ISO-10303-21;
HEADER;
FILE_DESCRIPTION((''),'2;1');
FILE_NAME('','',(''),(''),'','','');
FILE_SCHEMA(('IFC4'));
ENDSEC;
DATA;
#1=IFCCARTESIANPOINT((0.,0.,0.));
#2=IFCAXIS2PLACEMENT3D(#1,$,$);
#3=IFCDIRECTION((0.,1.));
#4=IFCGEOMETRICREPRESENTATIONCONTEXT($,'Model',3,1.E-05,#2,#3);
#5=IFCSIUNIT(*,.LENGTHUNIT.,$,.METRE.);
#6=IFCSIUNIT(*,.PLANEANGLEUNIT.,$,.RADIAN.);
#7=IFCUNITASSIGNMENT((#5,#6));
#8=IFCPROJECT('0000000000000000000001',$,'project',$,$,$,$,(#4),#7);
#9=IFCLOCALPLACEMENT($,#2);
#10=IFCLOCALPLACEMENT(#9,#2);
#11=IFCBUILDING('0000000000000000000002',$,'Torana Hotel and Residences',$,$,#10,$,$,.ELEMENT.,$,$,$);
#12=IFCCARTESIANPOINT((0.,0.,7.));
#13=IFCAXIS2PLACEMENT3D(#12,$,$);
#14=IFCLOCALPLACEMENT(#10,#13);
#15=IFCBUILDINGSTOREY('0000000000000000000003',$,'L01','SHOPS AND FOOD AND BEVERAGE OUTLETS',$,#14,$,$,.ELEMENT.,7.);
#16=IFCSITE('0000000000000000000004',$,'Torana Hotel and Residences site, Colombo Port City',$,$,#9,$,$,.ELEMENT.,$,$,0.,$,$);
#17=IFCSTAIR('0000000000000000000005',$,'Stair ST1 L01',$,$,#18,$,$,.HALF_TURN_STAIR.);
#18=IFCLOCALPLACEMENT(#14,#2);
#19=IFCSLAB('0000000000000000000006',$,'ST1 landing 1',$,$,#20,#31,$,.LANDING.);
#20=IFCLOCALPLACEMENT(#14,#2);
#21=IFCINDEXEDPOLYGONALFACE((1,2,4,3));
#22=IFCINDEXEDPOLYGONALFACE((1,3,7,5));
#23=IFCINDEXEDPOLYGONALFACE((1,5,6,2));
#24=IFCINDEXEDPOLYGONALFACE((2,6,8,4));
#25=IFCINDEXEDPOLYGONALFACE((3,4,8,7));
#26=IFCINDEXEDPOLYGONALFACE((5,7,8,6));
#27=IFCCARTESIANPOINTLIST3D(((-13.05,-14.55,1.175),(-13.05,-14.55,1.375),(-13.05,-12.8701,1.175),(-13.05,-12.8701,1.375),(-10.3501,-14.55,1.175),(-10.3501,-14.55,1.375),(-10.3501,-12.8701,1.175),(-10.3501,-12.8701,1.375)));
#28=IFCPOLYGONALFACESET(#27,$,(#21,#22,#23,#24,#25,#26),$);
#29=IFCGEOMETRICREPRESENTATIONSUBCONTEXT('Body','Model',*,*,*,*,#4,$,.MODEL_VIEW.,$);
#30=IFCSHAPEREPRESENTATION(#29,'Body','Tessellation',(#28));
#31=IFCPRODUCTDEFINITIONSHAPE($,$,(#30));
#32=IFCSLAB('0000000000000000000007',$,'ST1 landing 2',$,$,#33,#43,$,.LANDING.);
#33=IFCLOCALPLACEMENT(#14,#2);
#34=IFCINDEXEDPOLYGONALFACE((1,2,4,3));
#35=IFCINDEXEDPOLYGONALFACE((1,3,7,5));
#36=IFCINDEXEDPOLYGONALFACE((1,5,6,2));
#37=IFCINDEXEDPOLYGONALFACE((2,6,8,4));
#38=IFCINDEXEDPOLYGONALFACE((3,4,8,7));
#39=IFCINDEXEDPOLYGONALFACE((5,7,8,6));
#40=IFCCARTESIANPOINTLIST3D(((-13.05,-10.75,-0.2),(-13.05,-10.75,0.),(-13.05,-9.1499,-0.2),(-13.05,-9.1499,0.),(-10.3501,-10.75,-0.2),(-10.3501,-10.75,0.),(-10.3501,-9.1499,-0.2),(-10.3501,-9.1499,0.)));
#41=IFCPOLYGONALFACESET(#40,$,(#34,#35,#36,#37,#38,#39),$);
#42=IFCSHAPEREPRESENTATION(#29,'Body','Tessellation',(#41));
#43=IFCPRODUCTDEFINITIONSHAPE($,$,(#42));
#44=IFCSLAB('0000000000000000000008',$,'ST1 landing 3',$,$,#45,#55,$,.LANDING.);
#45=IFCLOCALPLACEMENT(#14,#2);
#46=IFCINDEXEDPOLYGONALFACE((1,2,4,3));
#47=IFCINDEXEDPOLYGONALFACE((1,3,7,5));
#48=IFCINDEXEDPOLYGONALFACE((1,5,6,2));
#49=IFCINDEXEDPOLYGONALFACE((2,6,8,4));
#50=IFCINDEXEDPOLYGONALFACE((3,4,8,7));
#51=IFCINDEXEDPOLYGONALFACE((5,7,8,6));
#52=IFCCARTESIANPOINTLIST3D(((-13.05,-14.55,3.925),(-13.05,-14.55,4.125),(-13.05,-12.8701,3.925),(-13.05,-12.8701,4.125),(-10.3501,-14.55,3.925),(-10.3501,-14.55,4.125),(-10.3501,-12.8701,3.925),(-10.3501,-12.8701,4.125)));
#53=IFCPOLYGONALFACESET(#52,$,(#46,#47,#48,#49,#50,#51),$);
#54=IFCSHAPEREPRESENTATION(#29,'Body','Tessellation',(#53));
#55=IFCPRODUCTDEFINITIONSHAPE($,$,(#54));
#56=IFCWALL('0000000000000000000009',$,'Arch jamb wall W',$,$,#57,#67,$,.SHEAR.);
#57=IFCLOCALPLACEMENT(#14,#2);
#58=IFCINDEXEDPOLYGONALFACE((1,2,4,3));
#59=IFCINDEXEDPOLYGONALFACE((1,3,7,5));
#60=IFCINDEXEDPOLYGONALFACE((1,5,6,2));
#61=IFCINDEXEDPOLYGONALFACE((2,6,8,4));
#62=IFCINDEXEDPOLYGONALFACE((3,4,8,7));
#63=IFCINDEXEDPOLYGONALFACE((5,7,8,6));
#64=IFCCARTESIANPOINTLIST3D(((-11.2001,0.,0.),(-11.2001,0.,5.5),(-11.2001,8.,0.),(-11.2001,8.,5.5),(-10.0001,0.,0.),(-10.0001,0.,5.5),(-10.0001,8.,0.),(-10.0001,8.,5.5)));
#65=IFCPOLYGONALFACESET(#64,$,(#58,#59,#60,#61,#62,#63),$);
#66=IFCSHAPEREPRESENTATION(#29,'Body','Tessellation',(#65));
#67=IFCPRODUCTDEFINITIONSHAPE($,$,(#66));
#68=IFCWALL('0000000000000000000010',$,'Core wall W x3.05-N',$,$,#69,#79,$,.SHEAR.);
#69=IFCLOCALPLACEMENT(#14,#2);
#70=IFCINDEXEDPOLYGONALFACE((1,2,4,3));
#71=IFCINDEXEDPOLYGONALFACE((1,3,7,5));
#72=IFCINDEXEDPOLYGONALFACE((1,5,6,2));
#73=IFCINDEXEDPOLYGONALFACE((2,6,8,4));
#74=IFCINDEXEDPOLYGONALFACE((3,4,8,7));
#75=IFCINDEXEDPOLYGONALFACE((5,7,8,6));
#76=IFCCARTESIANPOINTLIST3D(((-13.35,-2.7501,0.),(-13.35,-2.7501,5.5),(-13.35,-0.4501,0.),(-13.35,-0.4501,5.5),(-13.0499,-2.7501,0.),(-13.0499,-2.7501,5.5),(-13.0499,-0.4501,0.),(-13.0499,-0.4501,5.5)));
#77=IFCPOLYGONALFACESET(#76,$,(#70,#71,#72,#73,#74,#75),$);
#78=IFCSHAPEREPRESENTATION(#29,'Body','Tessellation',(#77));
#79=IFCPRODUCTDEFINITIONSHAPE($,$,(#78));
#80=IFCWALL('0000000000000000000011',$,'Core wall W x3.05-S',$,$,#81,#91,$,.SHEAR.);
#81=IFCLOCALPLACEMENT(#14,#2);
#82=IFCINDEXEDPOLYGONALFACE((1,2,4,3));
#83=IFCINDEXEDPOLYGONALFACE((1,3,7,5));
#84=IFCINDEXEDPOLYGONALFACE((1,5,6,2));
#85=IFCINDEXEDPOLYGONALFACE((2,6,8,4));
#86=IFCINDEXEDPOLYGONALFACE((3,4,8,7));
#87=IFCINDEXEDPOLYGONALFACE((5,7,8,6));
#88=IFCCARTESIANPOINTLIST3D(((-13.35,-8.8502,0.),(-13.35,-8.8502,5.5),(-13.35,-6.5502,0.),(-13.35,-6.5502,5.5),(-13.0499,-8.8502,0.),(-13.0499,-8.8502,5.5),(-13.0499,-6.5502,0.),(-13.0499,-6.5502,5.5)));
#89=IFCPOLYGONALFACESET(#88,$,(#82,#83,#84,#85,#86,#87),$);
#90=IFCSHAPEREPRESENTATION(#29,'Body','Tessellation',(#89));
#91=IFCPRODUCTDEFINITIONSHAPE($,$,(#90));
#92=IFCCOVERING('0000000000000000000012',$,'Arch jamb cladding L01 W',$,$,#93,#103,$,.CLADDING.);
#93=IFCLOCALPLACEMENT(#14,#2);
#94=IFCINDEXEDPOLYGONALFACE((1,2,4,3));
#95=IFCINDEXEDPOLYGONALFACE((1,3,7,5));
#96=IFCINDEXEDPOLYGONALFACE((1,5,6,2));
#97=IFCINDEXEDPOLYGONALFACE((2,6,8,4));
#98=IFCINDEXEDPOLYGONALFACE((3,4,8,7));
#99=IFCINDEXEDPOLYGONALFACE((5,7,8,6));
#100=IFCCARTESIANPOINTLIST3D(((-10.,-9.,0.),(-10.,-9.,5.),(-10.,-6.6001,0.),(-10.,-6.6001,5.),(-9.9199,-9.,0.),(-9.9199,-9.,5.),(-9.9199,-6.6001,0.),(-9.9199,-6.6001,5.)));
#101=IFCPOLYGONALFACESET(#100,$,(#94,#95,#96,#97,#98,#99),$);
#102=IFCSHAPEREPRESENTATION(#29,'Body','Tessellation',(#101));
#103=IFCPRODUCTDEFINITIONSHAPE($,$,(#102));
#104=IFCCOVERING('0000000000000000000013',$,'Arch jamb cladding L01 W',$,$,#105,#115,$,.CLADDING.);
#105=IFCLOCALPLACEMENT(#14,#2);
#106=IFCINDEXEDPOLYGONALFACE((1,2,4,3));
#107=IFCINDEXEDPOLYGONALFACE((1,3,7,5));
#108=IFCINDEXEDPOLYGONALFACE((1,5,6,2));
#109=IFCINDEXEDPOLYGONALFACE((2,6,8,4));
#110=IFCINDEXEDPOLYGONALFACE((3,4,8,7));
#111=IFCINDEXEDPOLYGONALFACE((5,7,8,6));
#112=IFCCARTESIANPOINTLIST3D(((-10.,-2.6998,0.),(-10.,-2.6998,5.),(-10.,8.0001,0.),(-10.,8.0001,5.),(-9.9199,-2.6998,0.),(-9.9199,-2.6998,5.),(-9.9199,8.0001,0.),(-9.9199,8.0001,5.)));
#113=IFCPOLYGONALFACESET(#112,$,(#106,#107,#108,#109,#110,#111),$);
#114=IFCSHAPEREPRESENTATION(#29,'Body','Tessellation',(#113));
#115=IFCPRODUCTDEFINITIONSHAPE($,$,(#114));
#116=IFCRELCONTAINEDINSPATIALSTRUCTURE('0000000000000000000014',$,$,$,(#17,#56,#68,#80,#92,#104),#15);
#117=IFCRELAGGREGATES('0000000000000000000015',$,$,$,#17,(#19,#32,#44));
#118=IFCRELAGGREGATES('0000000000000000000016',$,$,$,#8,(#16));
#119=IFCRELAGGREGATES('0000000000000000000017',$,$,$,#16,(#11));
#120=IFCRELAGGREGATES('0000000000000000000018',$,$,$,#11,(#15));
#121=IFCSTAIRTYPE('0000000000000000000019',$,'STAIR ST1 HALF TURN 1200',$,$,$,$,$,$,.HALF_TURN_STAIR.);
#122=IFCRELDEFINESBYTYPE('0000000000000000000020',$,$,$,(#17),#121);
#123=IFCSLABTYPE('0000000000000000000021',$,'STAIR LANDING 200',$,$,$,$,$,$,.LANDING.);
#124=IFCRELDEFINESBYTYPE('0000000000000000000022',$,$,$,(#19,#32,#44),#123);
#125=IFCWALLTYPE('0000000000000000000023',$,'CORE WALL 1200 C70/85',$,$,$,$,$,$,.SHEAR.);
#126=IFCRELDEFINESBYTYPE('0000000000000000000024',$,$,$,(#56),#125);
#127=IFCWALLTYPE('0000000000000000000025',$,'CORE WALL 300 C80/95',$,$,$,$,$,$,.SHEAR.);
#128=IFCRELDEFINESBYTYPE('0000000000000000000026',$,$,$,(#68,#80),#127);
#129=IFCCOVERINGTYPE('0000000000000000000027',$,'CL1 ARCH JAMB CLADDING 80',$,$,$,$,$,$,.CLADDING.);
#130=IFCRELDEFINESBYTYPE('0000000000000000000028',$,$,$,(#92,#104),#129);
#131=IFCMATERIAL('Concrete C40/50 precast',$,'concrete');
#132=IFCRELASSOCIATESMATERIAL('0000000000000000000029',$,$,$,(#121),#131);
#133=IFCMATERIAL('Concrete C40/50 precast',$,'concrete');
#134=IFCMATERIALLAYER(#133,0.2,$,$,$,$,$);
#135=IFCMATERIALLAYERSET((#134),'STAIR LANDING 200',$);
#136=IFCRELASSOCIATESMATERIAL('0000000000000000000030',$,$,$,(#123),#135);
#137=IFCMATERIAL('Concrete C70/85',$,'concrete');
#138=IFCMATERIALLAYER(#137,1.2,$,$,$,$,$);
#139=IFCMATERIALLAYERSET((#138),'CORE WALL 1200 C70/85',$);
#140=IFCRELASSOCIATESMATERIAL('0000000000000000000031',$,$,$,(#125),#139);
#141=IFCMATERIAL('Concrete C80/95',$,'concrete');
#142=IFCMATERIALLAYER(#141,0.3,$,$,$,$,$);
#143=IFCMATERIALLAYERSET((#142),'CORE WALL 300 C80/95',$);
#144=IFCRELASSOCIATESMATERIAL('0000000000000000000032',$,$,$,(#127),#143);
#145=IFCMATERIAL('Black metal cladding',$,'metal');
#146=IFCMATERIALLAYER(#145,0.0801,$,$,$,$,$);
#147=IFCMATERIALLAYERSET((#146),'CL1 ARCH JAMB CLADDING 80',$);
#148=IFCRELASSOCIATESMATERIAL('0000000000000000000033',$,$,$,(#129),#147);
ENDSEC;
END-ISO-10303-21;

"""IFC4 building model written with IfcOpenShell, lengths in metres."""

from ifc_helpers import new_model, si_unit, direction, frame, frame_2d, origin, place, context, subcontext, project, spatial, polyline, rectangle, outline, extrude, material, layer, layer_set, type_object, element, aggregate, save


model = new_model("IFC4")

# Units and contexts
model_context = context("Model", 3, precision=1e-05, world=origin(), true_north=direction((0.0, 1.0)))
body_context = subcontext(model_context, "Body", "Model", "MODEL_VIEW")
ifc_project = project(units=[si_unit("LENGTHUNIT", "METRE"), si_unit("PLANEANGLEUNIT", "RADIAN")], contexts=[model_context])

# Site, building, storey
site_placement = place(None, origin())
site = spatial("IfcSite", under=ifc_project, at=site_placement, Name="Torana Hotel and Residences site, Colombo Port City", CompositionType="ELEMENT", RefElevation=0.0)
building_placement = place(site_placement, origin())
building = spatial("IfcBuilding", under=site, at=building_placement, Name="Torana Hotel and Residences", CompositionType="ELEMENT")
storey_placement = place(building_placement, frame((0.0, 0.0, 7.0)))
storey = spatial("IfcBuildingStorey", under=building, at=storey_placement, Name="L01", Description="SHOPS AND FOOD AND BEVERAGE OUTLETS", CompositionType="ELEMENT", Elevation=7.0)

# Stair, slabs
ifc_material_1 = material(Name="Concrete C40/50 precast", Category="concrete")
stair_type = type_object("IfcStairType", Name="STAIR ST1 HALF TURN 1200", PredefinedType="HALF_TURN_STAIR", material=ifc_material_1)
stair_placement = place(storey_placement, origin())
stair = element("IfcStair", 1, at=stair_placement, inside=storey, type_object=stair_type, Name="Stair ST1 L01", PredefinedType="HALF_TURN_STAIR")
ifc_material_2 = material(Name="Concrete C40/50 precast", Category="concrete")
ifc_layer_1 = layer(ifc_material_2, 0.2)
ifc_layer_set_1 = layer_set([ifc_layer_1], Name="STAIR LANDING 200")
slab_type_1 = type_object("IfcSlabType", Name="STAIR LANDING 200", PredefinedType="LANDING", material=ifc_layer_set_1)
slab_1_placement = place(storey_placement, frame((0.0, 0.0, 1.175)))
slab_1 = element("IfcSlab", 2, at=slab_1_placement, type_object=slab_type_1, Name="ST1 landing 1", PredefinedType="LANDING", context=body_context, shape_type="SweptSolid", body=[
    extrude(outline(polyline([(-13.05, -14.55), (-10.3501, -14.55), (-10.3501, -12.8701), (-13.05, -12.8701), (-13.05, -14.55)])), origin(), (0.0, 0.0, 1.0), 0.2),
])
slab_2_placement = place(storey_placement, frame((0.0, 0.0, -0.2)))
slab_2 = element("IfcSlab", 3, at=slab_2_placement, type_object=slab_type_1, Name="ST1 landing 2", PredefinedType="LANDING", context=body_context, shape_type="SweptSolid", body=[
    extrude(outline(polyline([(-13.05, -10.75), (-10.3501, -10.75), (-10.3501, -9.1499), (-13.05, -9.1499), (-13.05, -10.75)])), origin(), (0.0, 0.0, 1.0), 0.2),
])
slab_3_placement = place(storey_placement, frame((0.0, 0.0, 3.925)))
slab_3 = element("IfcSlab", 4, at=slab_3_placement, type_object=slab_type_1, Name="ST1 landing 3", PredefinedType="LANDING", context=body_context, shape_type="SweptSolid", body=[
    extrude(outline(polyline([(-13.05, -14.55), (-10.3501, -14.55), (-10.3501, -12.8701), (-13.05, -12.8701), (-13.05, -14.55)])), origin(), (0.0, 0.0, 1.0), 0.2),
])
aggregate(stair, [slab_1, slab_2, slab_3])

# Walls
ifc_material_3 = material(Name="Concrete C70/85", Category="concrete")
ifc_layer_2 = layer(ifc_material_3, 1.2)
ifc_layer_set_2 = layer_set([ifc_layer_2], Name="CORE WALL 1200 C70/85")
wall_type_1 = type_object("IfcWallType", Name="CORE WALL 1200 C70/85", PredefinedType="SHEAR", material=ifc_layer_set_2)
wall_placement = place(storey_placement, frame((-10.6001, 0.0, 0.0), z_axis=(0.0, 0.0, 1.0), x_axis=(0.0, 1.0, 0.0)))
element("IfcWall", 5, at=wall_placement, inside=storey, type_object=wall_type_1, Name="Arch jamb wall W", PredefinedType="SHEAR", context=body_context, shape_type="SweptSolid", body=[
    extrude(rectangle(XDim=8.0, YDim=1.2, at=frame_2d((4.0, 0.0))), origin(), (0.0, 0.0, 1.0), 5.5),
])
ifc_material_4 = material(Name="Concrete C80/95", Category="concrete")
ifc_layer_3 = layer(ifc_material_4, 0.3)
ifc_layer_set_3 = layer_set([ifc_layer_3], Name="CORE WALL 300 C80/95")
wall_type_2 = type_object("IfcWallType", Name="CORE WALL 300 C80/95", PredefinedType="SHEAR", material=ifc_layer_set_3)
for number, where, z_axis, x_axis, name in (
    (6, (-13.2, -2.75, 0.0), (0.0, 0.0, 1.0), (0.0, 1.0, 0.0), "Core wall W x3.05-N"),
    (7, (-13.2, -8.8501, 0.0), (0.0, 0.0, 1.0), (0.0, 1.0, 0.0), "Core wall W x3.05-S"),
):
    element("IfcWall", number, at=place(storey_placement, frame(where, z_axis=z_axis, x_axis=x_axis)), inside=storey, type_object=wall_type_2, Name=name, PredefinedType="SHEAR", context=body_context, shape_type="SweptSolid", body=[
        extrude(rectangle(XDim=2.3, YDim=0.3, at=frame_2d((1.1499, 0.0))), origin(), (0.0, 0.0, 1.0), 5.5),
    ])

# Coverings
ifc_material_5 = material(Name="Black metal cladding", Category="metal")
ifc_layer_4 = layer(ifc_material_5, 0.0801)
ifc_layer_set_4 = layer_set([ifc_layer_4], Name="CL1 ARCH JAMB CLADDING 80")
covering_type = type_object("IfcCoveringType", Name="CL1 ARCH JAMB CLADDING 80", PredefinedType="CLADDING", material=ifc_layer_set_4)
covering_1_placement = place(storey_placement, frame((-9.96, -9.0, 0.0), z_axis=(0.0, 0.0, 1.0), x_axis=(0.0, 1.0, 0.0)))
element("IfcCovering", 8, at=covering_1_placement, inside=storey, type_object=covering_type, Name="Arch jamb cladding L01 W", PredefinedType="CLADDING", context=body_context, shape_type="SweptSolid", body=[
    extrude(rectangle(XDim=2.3999, YDim=0.0801, at=frame_2d((1.2, 0.0))), origin(), (0.0, 0.0, 1.0), 5.0),
])
covering_2_placement = place(storey_placement, frame((-9.96, -2.7, 0.0), z_axis=(0.0, 0.0, 1.0), x_axis=(0.0, 1.0, 0.0)))
element("IfcCovering", 9, at=covering_2_placement, inside=storey, type_object=covering_type, Name="Arch jamb cladding L01 W", PredefinedType="CLADDING", context=body_context, shape_type="SweptSolid", body=[
    extrude(rectangle(XDim=10.7, YDim=0.0801, at=frame_2d((5.3501, 0.0))), origin(), (0.0, 0.0, 1.0), 5.0),
])

save(model, "model.ifc")
